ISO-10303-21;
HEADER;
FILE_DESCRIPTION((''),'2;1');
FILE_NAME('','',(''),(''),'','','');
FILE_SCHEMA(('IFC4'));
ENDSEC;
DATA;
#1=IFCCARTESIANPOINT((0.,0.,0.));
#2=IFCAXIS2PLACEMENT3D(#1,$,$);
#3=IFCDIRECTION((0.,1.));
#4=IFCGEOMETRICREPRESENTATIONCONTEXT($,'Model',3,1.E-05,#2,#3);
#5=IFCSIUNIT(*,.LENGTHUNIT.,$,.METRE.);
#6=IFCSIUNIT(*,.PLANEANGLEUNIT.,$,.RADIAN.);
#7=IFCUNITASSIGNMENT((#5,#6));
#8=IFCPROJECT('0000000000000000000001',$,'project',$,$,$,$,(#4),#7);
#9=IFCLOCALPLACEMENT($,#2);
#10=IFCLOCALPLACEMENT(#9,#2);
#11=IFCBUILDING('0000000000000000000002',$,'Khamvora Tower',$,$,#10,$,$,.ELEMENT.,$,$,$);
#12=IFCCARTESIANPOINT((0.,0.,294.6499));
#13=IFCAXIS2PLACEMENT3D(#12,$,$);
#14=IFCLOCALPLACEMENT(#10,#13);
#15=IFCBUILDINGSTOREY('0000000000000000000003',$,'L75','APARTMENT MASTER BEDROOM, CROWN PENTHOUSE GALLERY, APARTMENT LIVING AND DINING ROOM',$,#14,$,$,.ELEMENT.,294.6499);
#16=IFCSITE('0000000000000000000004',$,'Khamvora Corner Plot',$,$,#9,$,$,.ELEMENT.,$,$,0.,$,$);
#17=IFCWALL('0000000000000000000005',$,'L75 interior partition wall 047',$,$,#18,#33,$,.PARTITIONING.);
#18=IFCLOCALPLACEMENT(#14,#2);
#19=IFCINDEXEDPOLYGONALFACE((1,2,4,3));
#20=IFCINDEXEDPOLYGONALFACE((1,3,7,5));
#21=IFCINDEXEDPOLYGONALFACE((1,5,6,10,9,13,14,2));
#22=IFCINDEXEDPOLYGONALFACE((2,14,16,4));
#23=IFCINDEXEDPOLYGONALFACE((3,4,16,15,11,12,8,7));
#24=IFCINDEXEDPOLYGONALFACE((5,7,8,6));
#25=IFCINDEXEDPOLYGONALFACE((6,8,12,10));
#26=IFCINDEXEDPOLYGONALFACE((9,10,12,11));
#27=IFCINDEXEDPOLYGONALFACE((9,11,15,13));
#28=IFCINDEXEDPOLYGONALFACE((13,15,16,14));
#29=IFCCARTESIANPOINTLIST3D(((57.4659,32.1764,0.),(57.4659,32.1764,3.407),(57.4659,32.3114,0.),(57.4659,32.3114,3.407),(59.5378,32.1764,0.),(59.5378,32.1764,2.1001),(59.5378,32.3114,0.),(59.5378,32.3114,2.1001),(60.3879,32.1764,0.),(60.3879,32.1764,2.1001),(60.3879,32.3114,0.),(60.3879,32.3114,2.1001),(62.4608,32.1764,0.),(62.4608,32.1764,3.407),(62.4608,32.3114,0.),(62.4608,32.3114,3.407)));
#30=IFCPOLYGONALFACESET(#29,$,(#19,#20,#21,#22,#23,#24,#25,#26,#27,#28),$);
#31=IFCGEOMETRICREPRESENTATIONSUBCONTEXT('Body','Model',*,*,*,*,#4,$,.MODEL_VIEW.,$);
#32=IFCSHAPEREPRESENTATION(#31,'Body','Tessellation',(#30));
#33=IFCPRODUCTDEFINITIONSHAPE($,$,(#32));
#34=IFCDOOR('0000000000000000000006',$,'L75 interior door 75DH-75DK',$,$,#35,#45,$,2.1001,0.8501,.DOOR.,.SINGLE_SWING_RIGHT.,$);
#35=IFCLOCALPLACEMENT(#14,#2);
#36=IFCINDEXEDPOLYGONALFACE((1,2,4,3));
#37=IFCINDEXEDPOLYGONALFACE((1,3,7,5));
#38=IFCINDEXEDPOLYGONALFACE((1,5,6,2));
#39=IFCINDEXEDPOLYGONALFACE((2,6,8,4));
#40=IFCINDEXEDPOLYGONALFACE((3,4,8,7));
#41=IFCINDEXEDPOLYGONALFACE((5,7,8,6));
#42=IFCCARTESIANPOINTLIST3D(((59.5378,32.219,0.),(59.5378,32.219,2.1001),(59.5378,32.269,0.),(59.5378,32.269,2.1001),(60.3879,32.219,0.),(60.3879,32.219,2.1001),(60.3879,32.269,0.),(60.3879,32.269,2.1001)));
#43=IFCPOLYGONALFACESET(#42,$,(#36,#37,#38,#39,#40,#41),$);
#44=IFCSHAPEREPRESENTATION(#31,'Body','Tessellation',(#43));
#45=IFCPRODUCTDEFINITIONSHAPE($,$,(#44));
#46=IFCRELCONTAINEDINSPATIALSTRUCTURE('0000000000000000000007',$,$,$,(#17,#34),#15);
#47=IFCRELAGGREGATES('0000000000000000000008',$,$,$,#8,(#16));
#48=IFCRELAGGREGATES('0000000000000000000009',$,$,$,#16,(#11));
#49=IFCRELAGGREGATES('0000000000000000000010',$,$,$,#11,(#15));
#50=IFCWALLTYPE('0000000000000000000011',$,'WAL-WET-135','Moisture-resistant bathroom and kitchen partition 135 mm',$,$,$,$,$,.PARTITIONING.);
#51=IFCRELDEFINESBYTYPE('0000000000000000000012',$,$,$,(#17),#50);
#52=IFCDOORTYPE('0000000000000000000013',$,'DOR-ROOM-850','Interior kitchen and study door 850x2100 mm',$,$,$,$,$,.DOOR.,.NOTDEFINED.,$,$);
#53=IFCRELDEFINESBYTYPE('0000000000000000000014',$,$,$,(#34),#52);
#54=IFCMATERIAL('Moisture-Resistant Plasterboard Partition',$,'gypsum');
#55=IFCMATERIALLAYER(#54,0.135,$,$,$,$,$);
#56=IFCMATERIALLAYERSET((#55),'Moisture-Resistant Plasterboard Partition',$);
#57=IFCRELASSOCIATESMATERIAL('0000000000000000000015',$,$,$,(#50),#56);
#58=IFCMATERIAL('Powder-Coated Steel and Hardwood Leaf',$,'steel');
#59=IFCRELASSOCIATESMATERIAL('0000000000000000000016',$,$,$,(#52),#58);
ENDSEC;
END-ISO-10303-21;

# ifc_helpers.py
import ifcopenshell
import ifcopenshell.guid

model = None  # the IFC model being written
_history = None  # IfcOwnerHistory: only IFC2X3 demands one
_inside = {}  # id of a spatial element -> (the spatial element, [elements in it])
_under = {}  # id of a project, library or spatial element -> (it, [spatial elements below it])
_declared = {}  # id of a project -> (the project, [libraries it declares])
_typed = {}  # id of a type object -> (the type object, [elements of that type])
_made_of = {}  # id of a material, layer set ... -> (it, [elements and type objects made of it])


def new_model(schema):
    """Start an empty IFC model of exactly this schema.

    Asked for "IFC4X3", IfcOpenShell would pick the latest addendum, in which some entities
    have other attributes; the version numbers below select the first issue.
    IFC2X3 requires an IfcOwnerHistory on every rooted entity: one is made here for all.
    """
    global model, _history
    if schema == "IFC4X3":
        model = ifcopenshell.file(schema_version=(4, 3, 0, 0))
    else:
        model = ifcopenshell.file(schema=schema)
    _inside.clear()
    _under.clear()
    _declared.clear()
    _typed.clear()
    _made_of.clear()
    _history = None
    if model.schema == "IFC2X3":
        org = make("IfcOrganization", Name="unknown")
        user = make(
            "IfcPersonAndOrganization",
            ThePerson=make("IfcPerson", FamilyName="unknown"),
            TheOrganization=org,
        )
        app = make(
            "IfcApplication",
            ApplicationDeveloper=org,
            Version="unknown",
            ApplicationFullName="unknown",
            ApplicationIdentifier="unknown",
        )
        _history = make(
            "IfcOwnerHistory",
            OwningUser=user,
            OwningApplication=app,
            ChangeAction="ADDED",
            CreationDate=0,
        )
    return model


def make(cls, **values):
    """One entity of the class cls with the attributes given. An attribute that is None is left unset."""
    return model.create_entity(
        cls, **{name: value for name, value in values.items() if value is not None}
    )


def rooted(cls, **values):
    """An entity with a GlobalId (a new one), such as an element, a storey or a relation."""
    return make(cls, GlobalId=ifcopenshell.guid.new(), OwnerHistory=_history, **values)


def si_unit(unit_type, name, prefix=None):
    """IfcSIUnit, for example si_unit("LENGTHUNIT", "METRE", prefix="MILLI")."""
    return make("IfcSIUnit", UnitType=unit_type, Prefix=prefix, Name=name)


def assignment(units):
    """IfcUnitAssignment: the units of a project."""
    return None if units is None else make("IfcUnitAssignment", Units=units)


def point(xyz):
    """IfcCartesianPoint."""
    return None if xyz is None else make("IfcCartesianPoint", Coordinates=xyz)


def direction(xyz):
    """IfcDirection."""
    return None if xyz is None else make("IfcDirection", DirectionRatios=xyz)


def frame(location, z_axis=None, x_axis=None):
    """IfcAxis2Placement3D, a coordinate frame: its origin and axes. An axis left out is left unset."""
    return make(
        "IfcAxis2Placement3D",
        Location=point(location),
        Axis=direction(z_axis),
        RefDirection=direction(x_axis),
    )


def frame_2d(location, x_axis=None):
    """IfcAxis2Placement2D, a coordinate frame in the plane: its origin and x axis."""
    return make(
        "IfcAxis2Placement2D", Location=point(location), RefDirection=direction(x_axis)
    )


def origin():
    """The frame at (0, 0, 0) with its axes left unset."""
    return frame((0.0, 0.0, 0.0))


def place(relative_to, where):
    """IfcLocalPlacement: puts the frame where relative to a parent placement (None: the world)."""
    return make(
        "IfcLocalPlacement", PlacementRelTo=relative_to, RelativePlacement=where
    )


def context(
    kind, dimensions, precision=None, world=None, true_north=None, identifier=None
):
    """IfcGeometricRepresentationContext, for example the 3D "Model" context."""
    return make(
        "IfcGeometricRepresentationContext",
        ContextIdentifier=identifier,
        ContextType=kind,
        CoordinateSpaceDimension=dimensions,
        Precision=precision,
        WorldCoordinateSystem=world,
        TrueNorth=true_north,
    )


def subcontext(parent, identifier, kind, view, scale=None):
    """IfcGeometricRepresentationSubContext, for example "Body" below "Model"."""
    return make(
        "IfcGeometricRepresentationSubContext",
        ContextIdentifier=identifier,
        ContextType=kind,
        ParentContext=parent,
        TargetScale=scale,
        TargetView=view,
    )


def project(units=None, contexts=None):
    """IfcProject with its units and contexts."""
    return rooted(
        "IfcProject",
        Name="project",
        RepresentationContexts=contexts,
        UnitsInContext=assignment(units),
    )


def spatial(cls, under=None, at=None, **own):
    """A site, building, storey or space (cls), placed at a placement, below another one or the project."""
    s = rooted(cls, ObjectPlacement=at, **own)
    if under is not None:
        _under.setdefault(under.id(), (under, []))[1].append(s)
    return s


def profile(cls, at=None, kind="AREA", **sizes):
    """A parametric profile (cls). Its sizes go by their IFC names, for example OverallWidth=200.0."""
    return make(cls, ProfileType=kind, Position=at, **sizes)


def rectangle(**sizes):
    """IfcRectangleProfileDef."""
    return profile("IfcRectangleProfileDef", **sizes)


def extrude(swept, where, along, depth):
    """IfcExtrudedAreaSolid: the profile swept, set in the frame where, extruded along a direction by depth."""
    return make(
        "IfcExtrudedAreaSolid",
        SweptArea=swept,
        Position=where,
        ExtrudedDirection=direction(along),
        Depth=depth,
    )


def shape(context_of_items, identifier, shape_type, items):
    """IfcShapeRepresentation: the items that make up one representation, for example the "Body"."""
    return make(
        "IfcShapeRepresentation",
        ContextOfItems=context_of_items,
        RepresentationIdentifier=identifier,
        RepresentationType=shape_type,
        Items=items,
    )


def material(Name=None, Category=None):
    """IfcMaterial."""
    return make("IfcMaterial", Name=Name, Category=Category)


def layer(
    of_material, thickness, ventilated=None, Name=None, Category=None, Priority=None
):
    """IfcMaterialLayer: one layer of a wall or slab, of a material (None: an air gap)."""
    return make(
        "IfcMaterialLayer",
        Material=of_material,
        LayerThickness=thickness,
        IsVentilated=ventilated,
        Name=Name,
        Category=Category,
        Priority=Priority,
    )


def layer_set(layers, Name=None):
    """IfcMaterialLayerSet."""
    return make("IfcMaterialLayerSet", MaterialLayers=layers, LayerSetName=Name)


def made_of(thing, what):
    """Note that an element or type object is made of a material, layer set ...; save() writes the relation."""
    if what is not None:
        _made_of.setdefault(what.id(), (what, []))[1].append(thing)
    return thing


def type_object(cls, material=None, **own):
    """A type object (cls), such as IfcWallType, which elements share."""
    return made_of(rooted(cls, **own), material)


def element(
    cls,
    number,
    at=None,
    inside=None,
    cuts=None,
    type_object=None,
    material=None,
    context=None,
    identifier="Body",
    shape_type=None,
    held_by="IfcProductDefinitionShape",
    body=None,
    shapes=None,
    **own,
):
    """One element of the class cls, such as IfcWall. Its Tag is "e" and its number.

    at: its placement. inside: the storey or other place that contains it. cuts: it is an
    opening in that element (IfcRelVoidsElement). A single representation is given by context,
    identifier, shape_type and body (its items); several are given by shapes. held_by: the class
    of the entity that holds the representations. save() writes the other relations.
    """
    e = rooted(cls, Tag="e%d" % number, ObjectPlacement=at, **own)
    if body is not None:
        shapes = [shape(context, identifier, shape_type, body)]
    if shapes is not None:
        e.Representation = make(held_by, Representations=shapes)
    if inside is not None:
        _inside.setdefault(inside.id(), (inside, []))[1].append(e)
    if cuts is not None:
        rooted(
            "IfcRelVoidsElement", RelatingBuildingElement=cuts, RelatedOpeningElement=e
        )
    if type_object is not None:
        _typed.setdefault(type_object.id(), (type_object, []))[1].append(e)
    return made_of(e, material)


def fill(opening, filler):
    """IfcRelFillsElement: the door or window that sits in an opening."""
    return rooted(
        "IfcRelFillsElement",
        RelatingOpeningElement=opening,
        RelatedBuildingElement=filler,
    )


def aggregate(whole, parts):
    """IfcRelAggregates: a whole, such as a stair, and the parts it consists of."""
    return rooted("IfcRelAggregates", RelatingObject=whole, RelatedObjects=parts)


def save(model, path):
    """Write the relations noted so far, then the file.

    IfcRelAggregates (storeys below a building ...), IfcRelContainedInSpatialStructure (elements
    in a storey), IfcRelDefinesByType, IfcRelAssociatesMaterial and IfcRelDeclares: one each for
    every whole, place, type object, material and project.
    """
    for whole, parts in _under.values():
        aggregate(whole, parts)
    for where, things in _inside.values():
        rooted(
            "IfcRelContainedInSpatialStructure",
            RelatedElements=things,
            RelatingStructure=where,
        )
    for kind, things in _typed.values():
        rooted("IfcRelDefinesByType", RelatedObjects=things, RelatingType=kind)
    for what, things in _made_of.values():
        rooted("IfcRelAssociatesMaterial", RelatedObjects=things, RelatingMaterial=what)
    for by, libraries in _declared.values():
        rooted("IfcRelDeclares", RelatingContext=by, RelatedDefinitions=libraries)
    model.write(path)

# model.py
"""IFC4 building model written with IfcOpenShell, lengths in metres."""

from ifc_helpers import new_model, si_unit, direction, frame, frame_2d, origin, place, context, subcontext, project, spatial, rectangle, extrude, material, layer, layer_set, type_object, element, fill, save


model = new_model("IFC4")

# Units and contexts
model_context = context("Model", 3, precision=1e-05, world=origin(), true_north=direction((0.0, 1.0)))
body_context = subcontext(model_context, "Body", "Model", "MODEL_VIEW")
ifc_project = project(units=[si_unit("LENGTHUNIT", "METRE"), si_unit("PLANEANGLEUNIT", "RADIAN")], contexts=[model_context])

# Site, building, storey
site_placement = place(None, origin())
site = spatial("IfcSite", under=ifc_project, at=site_placement, Name="Khamvora Corner Plot", CompositionType="ELEMENT", RefElevation=0.0)
building_placement = place(site_placement, origin())
building = spatial("IfcBuilding", under=site, at=building_placement, Name="Khamvora Tower", CompositionType="ELEMENT")
storey_placement = place(building_placement, frame((0.0, 0.0, 294.6499)))
storey = spatial("IfcBuildingStorey", under=building, at=storey_placement, Name="L75", Description="APARTMENT MASTER BEDROOM, CROWN PENTHOUSE GALLERY, APARTMENT LIVING AND DINING ROOM", CompositionType="ELEMENT", Elevation=294.6499)

# Shared definitions
ifc_material_1 = material(Name="Powder-Coated Steel and Hardwood Leaf", Category="steel")

# Shared definitions
ifc_material_2 = material(Name="Moisture-Resistant Plasterboard Partition", Category="gypsum")
ifc_layer_1 = layer(ifc_material_2, 0.135)
ifc_layer_set_1 = layer_set([ifc_layer_1], Name="Moisture-Resistant Plasterboard Partition")
wall_type_1 = type_object("IfcWallType", Name="WAL-WET-135", Description="Moisture-resistant bathroom and kitchen partition 135 mm", PredefinedType="PARTITIONING", material=ifc_layer_set_1)

# Wall, opening, door
wall_1_placement = place(storey_placement, frame((62.4609, 32.2439, 0.0), z_axis=(0.0, 0.0, 1.0), x_axis=(-1.0, 0.0, 0.0)))
wall_1 = element("IfcWall", 1, at=wall_1_placement, inside=storey, type_object=wall_type_1, Name="L75 interior partition wall 047", PredefinedType="PARTITIONING", context=body_context, shape_type="SweptSolid", body=[
    extrude(rectangle(XDim=4.9949, YDim=0.135, at=frame_2d((2.4976, 0.0))), origin(), (0.0, 0.0, 1.0), 3.407),
])
opening_1_placement = place(wall_1_placement, frame((2.073, 0.0, 0.0)))
opening_1 = element("IfcOpeningElement", 2, at=opening_1_placement, cuts=wall_1, PredefinedType="OPENING", context=body_context, shape_type="SweptSolid", body=[
    extrude(rectangle(XDim=0.8501, YDim=2.1001, at=frame_2d((0.425, 1.05))), frame((0.0, 0.0774, 0.0), z_axis=(0.0, -1.0, 0.0), x_axis=(1.0, 0.0, 0.0)), (0.0, 0.0, 1.0), 0.155),
])
door_type_1 = type_object("IfcDoorType", Name="DOR-ROOM-850", Description="Interior kitchen and study door 850x2100 mm", OperationType="NOTDEFINED", PredefinedType="DOOR", material=ifc_material_1)
door_1_placement = place(opening_1_placement, origin())
door_1 = element("IfcDoor", 3, at=door_1_placement, inside=storey, type_object=door_type_1, Name="L75 interior door 75DH-75DK", OperationType="SINGLE_SWING_RIGHT", OverallHeight=2.1001, OverallWidth=0.8501, PredefinedType="DOOR", context=body_context, shape_type="SweptSolid", body=[
    extrude(rectangle(XDim=0.8501, YDim=2.1001, at=frame_2d((0.425, 1.05))), frame((0.0, 0.0249, 0.0), z_axis=(0.0, -1.0, 0.0), x_axis=(1.0, 0.0, 0.0)), (0.0, 0.0, 1.0), 0.05),
])
fill(opening_1, door_1)

save(model, "model.ifc")
